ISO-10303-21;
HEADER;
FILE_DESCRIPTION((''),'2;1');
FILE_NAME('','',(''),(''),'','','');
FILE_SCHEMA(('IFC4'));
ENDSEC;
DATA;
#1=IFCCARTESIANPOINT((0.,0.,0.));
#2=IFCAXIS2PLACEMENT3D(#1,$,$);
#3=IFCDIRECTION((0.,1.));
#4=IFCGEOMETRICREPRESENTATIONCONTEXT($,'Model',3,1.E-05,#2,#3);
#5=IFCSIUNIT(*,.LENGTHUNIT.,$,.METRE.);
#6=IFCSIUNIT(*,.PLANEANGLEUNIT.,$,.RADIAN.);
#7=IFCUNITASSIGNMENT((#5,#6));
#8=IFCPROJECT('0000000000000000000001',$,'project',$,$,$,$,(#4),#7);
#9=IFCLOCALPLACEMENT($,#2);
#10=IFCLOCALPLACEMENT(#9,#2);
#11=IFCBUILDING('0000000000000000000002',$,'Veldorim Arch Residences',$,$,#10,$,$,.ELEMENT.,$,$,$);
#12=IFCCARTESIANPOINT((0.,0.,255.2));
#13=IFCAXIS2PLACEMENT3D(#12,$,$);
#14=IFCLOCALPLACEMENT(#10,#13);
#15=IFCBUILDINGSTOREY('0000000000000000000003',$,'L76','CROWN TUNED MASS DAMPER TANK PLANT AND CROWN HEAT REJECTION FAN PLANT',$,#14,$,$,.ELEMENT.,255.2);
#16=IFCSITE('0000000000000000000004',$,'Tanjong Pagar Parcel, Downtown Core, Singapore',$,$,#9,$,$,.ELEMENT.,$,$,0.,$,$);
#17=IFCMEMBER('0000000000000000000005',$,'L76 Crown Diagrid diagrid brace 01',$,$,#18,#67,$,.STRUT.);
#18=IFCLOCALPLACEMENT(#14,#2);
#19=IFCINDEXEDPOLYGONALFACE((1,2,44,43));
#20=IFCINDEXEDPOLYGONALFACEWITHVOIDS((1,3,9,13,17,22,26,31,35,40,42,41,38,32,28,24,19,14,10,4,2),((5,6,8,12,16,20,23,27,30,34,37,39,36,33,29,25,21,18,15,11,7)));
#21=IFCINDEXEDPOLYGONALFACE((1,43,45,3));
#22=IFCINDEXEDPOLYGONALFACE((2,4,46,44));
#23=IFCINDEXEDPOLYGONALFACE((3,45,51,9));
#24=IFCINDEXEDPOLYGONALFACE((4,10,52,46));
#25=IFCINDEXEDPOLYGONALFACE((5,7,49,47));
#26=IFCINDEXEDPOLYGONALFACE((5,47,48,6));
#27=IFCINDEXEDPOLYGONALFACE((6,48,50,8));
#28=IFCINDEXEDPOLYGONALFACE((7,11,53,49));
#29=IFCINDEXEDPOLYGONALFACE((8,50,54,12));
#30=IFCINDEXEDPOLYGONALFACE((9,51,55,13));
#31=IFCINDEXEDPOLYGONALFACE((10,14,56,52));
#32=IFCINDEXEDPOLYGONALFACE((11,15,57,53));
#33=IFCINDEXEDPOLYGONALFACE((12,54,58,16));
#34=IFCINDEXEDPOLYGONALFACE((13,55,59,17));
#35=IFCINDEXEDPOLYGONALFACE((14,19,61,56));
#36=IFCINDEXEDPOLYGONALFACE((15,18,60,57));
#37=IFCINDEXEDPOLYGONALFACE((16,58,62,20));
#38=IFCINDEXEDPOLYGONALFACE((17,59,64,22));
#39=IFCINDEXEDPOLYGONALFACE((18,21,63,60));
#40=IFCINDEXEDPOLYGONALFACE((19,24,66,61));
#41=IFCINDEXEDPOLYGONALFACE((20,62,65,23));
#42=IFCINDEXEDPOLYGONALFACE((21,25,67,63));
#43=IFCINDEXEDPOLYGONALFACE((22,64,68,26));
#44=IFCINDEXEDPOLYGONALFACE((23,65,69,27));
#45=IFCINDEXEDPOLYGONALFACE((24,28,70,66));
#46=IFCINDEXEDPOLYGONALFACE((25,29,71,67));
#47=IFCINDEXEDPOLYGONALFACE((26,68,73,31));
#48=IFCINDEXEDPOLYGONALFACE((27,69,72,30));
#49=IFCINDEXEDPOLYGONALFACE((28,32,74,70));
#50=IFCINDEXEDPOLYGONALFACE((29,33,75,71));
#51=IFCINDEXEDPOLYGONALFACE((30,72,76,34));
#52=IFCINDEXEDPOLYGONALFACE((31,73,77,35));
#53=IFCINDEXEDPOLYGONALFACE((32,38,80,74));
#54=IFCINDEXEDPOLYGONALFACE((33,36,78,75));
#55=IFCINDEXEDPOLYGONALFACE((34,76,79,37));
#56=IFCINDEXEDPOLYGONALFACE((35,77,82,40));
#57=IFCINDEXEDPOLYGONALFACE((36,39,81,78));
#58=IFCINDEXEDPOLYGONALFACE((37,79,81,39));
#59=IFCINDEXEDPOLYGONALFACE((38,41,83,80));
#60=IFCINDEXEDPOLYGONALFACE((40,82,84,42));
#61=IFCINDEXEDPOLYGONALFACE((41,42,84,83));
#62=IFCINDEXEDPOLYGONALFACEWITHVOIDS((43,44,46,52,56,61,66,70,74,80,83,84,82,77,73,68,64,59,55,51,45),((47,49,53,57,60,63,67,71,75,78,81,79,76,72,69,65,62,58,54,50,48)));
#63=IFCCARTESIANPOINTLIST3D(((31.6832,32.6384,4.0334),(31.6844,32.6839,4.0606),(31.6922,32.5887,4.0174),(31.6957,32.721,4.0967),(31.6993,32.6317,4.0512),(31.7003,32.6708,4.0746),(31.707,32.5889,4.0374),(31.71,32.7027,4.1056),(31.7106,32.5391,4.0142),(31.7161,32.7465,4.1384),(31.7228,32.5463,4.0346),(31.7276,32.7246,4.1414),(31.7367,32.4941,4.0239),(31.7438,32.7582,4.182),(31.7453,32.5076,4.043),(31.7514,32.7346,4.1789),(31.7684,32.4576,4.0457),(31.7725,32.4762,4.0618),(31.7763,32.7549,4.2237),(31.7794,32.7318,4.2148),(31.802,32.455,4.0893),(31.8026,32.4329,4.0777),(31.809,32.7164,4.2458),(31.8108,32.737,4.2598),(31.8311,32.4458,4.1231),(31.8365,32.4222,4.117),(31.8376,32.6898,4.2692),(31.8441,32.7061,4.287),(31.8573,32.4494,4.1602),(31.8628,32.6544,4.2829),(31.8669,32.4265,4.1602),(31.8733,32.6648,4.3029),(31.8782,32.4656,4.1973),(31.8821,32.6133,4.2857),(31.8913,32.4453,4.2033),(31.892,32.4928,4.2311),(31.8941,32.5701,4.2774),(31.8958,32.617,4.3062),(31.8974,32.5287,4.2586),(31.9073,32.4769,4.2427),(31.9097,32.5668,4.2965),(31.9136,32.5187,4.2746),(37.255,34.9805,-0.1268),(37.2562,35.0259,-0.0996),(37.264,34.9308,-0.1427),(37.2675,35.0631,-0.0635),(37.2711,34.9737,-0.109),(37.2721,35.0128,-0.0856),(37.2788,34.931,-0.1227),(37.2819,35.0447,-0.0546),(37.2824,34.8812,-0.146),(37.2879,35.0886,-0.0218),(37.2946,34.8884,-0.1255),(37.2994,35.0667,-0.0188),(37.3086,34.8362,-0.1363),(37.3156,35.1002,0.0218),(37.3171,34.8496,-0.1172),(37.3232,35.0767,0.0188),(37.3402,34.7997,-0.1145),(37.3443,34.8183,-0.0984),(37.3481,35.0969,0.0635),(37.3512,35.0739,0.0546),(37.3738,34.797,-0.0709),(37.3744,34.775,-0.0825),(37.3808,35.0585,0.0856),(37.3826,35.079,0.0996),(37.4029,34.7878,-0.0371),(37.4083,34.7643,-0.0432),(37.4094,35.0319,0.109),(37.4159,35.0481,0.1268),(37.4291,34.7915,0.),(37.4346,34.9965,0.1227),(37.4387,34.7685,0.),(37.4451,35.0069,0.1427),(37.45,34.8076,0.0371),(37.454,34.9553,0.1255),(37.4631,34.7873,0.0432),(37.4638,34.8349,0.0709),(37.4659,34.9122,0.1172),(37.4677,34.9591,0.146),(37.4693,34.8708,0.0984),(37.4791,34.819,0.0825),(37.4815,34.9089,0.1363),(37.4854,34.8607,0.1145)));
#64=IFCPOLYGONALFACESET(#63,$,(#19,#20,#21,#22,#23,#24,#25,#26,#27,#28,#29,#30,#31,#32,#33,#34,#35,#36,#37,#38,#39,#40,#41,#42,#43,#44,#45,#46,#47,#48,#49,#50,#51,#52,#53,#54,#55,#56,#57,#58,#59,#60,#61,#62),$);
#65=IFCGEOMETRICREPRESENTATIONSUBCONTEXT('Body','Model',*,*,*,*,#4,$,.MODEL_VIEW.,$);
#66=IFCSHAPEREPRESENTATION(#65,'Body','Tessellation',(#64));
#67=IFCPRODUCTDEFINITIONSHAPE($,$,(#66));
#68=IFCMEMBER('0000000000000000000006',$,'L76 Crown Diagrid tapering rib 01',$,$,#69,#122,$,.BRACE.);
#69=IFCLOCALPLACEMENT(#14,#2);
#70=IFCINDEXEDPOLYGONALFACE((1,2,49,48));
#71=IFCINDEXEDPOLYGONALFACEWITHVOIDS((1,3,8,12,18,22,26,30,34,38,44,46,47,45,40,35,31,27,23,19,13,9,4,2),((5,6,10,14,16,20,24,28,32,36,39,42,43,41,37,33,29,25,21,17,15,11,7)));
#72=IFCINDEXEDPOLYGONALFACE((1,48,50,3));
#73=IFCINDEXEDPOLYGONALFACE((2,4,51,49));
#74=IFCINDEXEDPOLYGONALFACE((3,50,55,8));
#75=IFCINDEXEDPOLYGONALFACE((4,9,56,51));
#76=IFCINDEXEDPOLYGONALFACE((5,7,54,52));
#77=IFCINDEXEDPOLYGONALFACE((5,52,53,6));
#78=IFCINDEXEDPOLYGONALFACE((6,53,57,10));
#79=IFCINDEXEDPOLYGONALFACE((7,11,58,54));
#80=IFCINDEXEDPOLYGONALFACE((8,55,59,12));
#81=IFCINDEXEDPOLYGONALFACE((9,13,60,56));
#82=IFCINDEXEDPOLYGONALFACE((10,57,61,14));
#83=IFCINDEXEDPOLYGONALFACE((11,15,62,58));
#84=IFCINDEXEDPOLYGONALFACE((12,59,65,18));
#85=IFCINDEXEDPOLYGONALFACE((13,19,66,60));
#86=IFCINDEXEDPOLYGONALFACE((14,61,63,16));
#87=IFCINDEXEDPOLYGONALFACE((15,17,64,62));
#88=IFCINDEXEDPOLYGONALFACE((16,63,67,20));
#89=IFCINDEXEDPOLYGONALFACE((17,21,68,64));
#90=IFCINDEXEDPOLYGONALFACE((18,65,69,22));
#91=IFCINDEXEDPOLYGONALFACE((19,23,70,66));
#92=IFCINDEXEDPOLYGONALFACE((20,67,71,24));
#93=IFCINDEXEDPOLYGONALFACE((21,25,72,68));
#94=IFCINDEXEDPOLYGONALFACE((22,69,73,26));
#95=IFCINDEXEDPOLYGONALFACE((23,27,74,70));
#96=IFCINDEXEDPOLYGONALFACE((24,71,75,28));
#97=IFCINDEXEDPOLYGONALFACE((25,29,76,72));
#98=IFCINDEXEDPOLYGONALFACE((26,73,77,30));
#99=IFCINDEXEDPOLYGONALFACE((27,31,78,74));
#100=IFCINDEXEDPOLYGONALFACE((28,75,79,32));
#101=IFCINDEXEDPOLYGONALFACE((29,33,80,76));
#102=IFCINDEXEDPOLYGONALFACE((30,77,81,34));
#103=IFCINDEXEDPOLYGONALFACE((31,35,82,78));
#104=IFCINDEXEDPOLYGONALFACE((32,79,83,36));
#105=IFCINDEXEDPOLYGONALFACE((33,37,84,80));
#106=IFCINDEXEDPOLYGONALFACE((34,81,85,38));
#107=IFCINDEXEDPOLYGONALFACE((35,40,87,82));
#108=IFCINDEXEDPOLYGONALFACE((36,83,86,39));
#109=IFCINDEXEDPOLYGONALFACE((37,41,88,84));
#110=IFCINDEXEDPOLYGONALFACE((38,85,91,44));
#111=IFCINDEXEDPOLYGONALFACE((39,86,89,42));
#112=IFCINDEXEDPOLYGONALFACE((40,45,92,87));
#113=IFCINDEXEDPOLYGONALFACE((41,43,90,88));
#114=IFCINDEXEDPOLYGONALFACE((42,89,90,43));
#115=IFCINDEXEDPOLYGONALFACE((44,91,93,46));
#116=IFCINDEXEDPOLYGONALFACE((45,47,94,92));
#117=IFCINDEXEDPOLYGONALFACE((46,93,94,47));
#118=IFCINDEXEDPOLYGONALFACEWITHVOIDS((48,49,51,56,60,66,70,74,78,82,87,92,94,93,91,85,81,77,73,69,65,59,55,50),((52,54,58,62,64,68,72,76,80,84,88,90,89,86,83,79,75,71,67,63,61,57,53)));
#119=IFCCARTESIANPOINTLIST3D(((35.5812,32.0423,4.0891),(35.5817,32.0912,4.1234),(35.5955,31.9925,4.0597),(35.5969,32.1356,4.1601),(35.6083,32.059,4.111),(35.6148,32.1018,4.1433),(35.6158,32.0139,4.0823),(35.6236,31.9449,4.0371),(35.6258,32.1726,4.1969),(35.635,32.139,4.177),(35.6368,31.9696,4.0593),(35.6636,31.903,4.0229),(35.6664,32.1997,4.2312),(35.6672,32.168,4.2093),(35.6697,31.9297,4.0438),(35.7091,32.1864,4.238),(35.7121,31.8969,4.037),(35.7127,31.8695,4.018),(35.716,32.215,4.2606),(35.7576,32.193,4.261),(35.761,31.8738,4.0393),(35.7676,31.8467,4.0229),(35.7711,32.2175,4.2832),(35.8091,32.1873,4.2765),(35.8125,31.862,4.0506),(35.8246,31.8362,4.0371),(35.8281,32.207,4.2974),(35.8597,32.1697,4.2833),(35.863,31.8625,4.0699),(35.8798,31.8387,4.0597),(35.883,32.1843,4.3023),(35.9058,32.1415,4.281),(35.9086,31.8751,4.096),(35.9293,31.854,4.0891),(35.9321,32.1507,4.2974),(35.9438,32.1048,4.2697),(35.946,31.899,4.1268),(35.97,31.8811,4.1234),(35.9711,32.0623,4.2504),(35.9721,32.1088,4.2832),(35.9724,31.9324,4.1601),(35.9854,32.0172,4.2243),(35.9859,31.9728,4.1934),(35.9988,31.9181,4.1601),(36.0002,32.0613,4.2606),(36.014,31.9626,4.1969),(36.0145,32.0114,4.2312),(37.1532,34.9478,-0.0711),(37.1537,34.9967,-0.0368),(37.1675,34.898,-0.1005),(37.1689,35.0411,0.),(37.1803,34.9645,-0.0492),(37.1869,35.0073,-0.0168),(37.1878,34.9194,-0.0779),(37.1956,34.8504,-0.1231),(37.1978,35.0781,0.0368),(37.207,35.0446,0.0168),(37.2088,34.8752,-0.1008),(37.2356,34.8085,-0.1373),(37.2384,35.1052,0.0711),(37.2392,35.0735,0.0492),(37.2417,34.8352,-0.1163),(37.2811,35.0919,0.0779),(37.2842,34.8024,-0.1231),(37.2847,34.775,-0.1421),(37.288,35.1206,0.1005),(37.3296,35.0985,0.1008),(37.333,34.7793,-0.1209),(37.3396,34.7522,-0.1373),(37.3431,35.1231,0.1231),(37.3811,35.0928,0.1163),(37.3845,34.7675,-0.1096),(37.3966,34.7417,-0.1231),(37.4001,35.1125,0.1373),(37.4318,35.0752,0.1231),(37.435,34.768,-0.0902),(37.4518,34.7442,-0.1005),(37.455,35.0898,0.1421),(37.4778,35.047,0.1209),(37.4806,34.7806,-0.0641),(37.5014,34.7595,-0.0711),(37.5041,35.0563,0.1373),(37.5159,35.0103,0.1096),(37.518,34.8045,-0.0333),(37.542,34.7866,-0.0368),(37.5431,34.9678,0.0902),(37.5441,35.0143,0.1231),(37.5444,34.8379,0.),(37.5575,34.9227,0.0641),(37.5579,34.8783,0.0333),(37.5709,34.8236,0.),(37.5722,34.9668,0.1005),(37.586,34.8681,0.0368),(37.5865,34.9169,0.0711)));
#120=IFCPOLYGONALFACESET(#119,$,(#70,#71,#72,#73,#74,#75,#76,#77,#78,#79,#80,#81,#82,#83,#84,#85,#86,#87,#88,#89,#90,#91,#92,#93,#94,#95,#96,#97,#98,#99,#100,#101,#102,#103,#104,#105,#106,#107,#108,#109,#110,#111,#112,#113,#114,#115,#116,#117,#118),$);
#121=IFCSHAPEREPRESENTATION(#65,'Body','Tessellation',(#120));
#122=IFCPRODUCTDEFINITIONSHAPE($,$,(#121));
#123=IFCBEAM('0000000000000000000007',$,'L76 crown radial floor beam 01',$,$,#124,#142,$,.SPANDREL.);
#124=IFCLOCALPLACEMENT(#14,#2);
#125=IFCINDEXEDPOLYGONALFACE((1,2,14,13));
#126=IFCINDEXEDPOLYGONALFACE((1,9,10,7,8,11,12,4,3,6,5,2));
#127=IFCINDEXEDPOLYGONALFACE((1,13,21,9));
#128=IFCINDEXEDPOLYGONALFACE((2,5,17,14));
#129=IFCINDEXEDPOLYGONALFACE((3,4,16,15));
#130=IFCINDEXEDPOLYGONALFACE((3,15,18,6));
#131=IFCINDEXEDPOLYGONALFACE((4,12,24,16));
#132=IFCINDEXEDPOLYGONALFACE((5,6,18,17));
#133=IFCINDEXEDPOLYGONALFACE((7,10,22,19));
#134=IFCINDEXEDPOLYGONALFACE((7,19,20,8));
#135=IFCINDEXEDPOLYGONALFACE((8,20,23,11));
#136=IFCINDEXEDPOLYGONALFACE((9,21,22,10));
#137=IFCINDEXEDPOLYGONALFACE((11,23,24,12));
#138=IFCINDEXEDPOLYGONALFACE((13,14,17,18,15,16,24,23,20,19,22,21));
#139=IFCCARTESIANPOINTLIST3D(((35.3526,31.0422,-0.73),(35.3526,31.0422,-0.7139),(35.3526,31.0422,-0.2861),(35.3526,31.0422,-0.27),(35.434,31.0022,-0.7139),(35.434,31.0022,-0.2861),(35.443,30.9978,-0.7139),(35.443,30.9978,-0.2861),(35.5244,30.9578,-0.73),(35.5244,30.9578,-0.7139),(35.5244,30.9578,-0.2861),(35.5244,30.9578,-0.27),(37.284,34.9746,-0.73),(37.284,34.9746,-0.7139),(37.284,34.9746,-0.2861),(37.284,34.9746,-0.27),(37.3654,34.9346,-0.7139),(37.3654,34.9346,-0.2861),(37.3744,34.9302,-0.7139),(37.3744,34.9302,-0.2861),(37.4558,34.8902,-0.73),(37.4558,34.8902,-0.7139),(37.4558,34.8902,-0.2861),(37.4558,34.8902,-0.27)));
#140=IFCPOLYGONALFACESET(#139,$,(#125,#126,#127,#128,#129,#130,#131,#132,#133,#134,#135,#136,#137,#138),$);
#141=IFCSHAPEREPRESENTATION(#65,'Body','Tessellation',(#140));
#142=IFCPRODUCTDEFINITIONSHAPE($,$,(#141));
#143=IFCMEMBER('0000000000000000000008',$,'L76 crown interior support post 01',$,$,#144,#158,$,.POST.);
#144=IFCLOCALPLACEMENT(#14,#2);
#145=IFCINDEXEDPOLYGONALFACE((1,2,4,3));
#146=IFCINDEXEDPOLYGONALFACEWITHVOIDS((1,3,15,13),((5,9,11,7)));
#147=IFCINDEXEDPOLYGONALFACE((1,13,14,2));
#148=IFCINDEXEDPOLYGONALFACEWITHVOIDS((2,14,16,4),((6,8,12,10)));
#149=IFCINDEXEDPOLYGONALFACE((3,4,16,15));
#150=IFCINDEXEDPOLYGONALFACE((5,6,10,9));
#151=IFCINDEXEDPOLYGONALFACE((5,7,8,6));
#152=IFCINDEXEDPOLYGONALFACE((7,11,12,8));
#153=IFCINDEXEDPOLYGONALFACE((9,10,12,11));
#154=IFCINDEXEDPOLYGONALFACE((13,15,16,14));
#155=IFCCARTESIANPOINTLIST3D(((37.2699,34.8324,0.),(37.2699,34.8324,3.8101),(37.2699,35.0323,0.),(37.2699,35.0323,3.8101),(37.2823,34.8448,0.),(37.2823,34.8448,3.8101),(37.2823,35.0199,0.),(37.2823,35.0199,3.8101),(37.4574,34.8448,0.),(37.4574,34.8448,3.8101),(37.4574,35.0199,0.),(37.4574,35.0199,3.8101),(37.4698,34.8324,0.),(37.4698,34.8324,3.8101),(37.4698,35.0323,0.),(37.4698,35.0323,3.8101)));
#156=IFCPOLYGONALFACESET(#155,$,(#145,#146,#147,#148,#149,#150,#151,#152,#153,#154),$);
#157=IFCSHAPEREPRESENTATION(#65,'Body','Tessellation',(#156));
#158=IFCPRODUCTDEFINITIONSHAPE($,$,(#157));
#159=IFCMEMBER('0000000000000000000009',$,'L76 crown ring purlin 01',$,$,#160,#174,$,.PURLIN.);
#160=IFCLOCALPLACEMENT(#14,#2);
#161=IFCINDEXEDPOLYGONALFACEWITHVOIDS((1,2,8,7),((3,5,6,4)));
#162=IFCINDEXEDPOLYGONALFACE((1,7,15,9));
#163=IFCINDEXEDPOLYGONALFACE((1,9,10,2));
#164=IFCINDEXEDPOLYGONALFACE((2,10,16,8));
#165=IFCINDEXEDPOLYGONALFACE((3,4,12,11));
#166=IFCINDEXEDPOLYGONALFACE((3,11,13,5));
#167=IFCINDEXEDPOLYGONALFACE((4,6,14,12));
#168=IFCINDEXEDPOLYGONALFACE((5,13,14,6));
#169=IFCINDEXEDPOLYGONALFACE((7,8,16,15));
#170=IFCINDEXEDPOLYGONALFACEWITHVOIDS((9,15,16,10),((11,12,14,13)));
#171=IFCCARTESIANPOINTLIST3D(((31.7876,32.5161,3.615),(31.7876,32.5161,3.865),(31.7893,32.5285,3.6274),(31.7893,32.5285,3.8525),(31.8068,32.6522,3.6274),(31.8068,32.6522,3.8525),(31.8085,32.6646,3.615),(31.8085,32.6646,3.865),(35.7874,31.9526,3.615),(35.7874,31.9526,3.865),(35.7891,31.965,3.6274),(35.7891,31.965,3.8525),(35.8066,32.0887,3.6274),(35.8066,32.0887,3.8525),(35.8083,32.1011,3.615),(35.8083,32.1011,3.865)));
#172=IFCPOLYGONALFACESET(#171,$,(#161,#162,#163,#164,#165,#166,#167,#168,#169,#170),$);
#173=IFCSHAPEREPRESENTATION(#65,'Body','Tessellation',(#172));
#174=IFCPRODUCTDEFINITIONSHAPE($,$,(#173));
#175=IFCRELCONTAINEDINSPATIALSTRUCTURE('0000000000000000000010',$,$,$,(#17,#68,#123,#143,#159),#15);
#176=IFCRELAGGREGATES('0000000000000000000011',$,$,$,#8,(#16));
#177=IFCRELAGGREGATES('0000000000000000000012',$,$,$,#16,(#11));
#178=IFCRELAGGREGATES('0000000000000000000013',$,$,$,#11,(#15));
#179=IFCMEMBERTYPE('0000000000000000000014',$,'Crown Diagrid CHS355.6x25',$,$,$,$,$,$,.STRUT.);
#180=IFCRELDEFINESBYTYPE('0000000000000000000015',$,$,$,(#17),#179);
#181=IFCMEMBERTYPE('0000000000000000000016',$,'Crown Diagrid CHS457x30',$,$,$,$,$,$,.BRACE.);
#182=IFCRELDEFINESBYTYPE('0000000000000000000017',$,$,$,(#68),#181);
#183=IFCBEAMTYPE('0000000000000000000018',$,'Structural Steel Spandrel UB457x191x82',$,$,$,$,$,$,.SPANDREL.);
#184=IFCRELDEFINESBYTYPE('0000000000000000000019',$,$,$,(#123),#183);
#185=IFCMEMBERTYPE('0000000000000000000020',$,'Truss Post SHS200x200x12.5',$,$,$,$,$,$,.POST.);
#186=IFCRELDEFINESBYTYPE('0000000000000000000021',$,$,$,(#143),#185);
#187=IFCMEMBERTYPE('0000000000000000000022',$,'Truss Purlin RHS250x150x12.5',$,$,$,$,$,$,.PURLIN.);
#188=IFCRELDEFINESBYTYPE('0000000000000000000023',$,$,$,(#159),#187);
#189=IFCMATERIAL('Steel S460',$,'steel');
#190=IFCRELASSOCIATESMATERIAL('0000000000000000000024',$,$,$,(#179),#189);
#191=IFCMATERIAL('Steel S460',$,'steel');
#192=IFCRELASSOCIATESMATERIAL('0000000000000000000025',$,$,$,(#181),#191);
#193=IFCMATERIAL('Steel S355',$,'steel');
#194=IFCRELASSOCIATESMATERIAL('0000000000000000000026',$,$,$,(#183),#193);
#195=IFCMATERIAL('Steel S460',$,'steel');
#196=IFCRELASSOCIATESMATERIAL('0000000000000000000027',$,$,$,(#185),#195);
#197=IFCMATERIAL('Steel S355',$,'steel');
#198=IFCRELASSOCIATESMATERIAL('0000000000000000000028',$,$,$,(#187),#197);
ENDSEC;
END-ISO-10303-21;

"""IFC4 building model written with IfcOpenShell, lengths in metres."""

from ifc_helpers import new_model, si_unit, direction, frame, origin, origin_2d, place, context, subcontext, project, spatial, hollow_rectangle, hollow_circle, i_section, extrude, material, material_profile, profile_set, type_object, element, save


model = new_model("IFC4")

# Units and contexts
model_context = context("Model", 3, precision=1e-05, world=origin(), true_north=direction((0.0, 1.0)))
body_context = subcontext(model_context, "Body", "Model", "MODEL_VIEW")
ifc_project = project(units=[si_unit("LENGTHUNIT", "METRE"), si_unit("PLANEANGLEUNIT", "RADIAN")], contexts=[model_context])

# Site, building, storey
site_placement = place(None, origin())
site = spatial("IfcSite", under=ifc_project, at=site_placement, Name="Tanjong Pagar Parcel, Downtown Core, Singapore", CompositionType="ELEMENT", RefElevation=0.0)
building_placement = place(site_placement, origin())
building = spatial("IfcBuilding", under=site, at=building_placement, Name="Veldorim Arch Residences", CompositionType="ELEMENT")
storey_placement = place(building_placement, frame((0.0, 0.0, 255.2)))
storey = spatial("IfcBuildingStorey", under=building, at=storey_placement, Name="L76", Description="CROWN TUNED MASS DAMPER TANK PLANT AND CROWN HEAT REJECTION FAN PLANT", CompositionType="ELEMENT", Elevation=255.2)

# Members
ifc_material_1 = material(Name="Steel S460", Category="steel")
ifc_material_profile_1 = material_profile(ifc_material_1, hollow_circle(Radius=0.1777, WallThickness=0.0249, at=origin_2d()), Name="CHS355.6x25")
ifc_profile_set_1 = profile_set([ifc_material_profile_1], Name="Steel S460")
member_type_1 = type_object("IfcMemberType", Name="Crown Diagrid CHS355.6x25", PredefinedType="STRUT", material=ifc_profile_set_1)
member_1_placement = place(storey_placement, frame((37.3699, 34.9324, 0.0), z_axis=(-0.759372, -0.319194, 0.566983), x_axis=(0.387499, -0.92187, 0.0)))
element("IfcMember", 1, at=member_1_placement, inside=storey, type_object=member_type_1, Name="L76 Crown Diagrid diagrid brace 01", PredefinedType="STRUT", context=body_context, shape_type="SweptSolid", body=[
    extrude(hollow_circle(Radius=0.1777, WallThickness=0.0249, at=origin_2d()), origin(), (0.0, 0.0, 1.0), 7.3374),
])
ifc_material_2 = material(Name="Steel S460", Category="steel")
ifc_material_profile_2 = material_profile(ifc_material_2, hollow_circle(Radius=0.2285, WallThickness=0.03, at=origin_2d()), Name="CHS457x30")
ifc_profile_set_2 = profile_set([ifc_material_profile_2], Name="Steel S460")
member_type_2 = type_object("IfcMemberType", Name="Crown Diagrid CHS457x30", PredefinedType="BRACE", material=ifc_profile_set_2)
member_2_placement = place(storey_placement, frame((37.3699, 34.9324, 0.0), z_axis=(-0.295923, -0.546945, 0.783123), x_axis=(0.87952, -0.475862, 0.0)))
element("IfcMember", 2, at=member_2_placement, inside=storey, type_object=member_type_2, Name="L76 Crown Diagrid tapering rib 01", PredefinedType="BRACE", context=body_context, shape_type="SweptSolid", body=[
    extrude(hollow_circle(Radius=0.2285, WallThickness=0.03, at=origin_2d()), origin(), (0.0, 0.0, 1.0), 5.3123),
])

# Beam
ifc_material_3 = material(Name="Steel S355", Category="steel")
ifc_material_profile_3 = material_profile(ifc_material_3, i_section(OverallWidth=0.1914, OverallDepth=0.46, WebThickness=0.01, FlangeThickness=0.0161, at=origin_2d()), Name="UB457x191x82")
ifc_profile_set_3 = profile_set([ifc_material_profile_3], Name="Steel S355")
beam_type = type_object("IfcBeamType", Name="Structural Steel Spandrel UB457x191x82", PredefinedType="SPANDREL", material=ifc_profile_set_3)
beam_placement = place(storey_placement, frame((35.4385, 31.0, -0.5), z_axis=(0.44085, 0.897581, 0.0), x_axis=(-0.897581, 0.44085, 0.0)))
element("IfcBeam", 3, at=beam_placement, inside=storey, type_object=beam_type, Name="L76 crown radial floor beam 01", PredefinedType="SPANDREL", context=body_context, shape_type="SweptSolid", body=[
    extrude(i_section(OverallWidth=0.1914, OverallDepth=0.46, WebThickness=0.01, FlangeThickness=0.0161, at=origin_2d()), origin(), (0.0, 0.0, 1.0), 4.3811),
])

# Members
ifc_material_4 = material(Name="Steel S460", Category="steel")
ifc_material_profile_4 = material_profile(ifc_material_4, hollow_rectangle(XDim=0.2, YDim=0.2, WallThickness=0.0125, at=origin_2d()), Name="SHS200x200x12.5")
ifc_profile_set_4 = profile_set([ifc_material_profile_4], Name="Steel S460")
member_type_3 = type_object("IfcMemberType", Name="Truss Post SHS200x200x12.5", PredefinedType="POST", material=ifc_profile_set_4)
member_3_placement = place(storey_placement, frame((37.3699, 34.9324, 0.0), z_axis=(0.0, 0.0, 1.0), x_axis=(1.0, 0.0, 0.0)))
element("IfcMember", 4, at=member_3_placement, inside=storey, type_object=member_type_3, Name="L76 crown interior support post 01", PredefinedType="POST", context=body_context, shape_type="SweptSolid", body=[
    extrude(hollow_rectangle(XDim=0.2, YDim=0.2, WallThickness=0.0125, at=origin_2d()), origin(), (0.0, 0.0, 1.0), 3.8101),
])
ifc_material_5 = material(Name="Steel S355", Category="steel")
ifc_material_profile_5 = material_profile(ifc_material_5, hollow_rectangle(XDim=0.1499, YDim=0.25, WallThickness=0.0125, at=origin_2d()), Name="RHS250x150x12.5")
ifc_profile_set_5 = profile_set([ifc_material_profile_5], Name="Steel S355")
member_type_4 = type_object("IfcMemberType", Name="Truss Purlin RHS250x150x12.5", PredefinedType="PURLIN", material=ifc_profile_set_5)
member_4_placement = place(storey_placement, frame((35.7979, 32.0269, 3.74), z_axis=(-0.990222, 0.1395, 0.0), x_axis=(-0.1395, -0.990222, 0.0)))
element("IfcMember", 5, at=member_4_placement, inside=storey, type_object=member_type_4, Name="L76 crown ring purlin 01", PredefinedType="PURLIN", context=body_context, shape_type="SweptSolid", body=[
    extrude(hollow_rectangle(XDim=0.1499, YDim=0.25, WallThickness=0.0125, at=origin_2d()), origin(), (0.0, 0.0, 1.0), 4.0393),
])

save(model, "model.ifc")
